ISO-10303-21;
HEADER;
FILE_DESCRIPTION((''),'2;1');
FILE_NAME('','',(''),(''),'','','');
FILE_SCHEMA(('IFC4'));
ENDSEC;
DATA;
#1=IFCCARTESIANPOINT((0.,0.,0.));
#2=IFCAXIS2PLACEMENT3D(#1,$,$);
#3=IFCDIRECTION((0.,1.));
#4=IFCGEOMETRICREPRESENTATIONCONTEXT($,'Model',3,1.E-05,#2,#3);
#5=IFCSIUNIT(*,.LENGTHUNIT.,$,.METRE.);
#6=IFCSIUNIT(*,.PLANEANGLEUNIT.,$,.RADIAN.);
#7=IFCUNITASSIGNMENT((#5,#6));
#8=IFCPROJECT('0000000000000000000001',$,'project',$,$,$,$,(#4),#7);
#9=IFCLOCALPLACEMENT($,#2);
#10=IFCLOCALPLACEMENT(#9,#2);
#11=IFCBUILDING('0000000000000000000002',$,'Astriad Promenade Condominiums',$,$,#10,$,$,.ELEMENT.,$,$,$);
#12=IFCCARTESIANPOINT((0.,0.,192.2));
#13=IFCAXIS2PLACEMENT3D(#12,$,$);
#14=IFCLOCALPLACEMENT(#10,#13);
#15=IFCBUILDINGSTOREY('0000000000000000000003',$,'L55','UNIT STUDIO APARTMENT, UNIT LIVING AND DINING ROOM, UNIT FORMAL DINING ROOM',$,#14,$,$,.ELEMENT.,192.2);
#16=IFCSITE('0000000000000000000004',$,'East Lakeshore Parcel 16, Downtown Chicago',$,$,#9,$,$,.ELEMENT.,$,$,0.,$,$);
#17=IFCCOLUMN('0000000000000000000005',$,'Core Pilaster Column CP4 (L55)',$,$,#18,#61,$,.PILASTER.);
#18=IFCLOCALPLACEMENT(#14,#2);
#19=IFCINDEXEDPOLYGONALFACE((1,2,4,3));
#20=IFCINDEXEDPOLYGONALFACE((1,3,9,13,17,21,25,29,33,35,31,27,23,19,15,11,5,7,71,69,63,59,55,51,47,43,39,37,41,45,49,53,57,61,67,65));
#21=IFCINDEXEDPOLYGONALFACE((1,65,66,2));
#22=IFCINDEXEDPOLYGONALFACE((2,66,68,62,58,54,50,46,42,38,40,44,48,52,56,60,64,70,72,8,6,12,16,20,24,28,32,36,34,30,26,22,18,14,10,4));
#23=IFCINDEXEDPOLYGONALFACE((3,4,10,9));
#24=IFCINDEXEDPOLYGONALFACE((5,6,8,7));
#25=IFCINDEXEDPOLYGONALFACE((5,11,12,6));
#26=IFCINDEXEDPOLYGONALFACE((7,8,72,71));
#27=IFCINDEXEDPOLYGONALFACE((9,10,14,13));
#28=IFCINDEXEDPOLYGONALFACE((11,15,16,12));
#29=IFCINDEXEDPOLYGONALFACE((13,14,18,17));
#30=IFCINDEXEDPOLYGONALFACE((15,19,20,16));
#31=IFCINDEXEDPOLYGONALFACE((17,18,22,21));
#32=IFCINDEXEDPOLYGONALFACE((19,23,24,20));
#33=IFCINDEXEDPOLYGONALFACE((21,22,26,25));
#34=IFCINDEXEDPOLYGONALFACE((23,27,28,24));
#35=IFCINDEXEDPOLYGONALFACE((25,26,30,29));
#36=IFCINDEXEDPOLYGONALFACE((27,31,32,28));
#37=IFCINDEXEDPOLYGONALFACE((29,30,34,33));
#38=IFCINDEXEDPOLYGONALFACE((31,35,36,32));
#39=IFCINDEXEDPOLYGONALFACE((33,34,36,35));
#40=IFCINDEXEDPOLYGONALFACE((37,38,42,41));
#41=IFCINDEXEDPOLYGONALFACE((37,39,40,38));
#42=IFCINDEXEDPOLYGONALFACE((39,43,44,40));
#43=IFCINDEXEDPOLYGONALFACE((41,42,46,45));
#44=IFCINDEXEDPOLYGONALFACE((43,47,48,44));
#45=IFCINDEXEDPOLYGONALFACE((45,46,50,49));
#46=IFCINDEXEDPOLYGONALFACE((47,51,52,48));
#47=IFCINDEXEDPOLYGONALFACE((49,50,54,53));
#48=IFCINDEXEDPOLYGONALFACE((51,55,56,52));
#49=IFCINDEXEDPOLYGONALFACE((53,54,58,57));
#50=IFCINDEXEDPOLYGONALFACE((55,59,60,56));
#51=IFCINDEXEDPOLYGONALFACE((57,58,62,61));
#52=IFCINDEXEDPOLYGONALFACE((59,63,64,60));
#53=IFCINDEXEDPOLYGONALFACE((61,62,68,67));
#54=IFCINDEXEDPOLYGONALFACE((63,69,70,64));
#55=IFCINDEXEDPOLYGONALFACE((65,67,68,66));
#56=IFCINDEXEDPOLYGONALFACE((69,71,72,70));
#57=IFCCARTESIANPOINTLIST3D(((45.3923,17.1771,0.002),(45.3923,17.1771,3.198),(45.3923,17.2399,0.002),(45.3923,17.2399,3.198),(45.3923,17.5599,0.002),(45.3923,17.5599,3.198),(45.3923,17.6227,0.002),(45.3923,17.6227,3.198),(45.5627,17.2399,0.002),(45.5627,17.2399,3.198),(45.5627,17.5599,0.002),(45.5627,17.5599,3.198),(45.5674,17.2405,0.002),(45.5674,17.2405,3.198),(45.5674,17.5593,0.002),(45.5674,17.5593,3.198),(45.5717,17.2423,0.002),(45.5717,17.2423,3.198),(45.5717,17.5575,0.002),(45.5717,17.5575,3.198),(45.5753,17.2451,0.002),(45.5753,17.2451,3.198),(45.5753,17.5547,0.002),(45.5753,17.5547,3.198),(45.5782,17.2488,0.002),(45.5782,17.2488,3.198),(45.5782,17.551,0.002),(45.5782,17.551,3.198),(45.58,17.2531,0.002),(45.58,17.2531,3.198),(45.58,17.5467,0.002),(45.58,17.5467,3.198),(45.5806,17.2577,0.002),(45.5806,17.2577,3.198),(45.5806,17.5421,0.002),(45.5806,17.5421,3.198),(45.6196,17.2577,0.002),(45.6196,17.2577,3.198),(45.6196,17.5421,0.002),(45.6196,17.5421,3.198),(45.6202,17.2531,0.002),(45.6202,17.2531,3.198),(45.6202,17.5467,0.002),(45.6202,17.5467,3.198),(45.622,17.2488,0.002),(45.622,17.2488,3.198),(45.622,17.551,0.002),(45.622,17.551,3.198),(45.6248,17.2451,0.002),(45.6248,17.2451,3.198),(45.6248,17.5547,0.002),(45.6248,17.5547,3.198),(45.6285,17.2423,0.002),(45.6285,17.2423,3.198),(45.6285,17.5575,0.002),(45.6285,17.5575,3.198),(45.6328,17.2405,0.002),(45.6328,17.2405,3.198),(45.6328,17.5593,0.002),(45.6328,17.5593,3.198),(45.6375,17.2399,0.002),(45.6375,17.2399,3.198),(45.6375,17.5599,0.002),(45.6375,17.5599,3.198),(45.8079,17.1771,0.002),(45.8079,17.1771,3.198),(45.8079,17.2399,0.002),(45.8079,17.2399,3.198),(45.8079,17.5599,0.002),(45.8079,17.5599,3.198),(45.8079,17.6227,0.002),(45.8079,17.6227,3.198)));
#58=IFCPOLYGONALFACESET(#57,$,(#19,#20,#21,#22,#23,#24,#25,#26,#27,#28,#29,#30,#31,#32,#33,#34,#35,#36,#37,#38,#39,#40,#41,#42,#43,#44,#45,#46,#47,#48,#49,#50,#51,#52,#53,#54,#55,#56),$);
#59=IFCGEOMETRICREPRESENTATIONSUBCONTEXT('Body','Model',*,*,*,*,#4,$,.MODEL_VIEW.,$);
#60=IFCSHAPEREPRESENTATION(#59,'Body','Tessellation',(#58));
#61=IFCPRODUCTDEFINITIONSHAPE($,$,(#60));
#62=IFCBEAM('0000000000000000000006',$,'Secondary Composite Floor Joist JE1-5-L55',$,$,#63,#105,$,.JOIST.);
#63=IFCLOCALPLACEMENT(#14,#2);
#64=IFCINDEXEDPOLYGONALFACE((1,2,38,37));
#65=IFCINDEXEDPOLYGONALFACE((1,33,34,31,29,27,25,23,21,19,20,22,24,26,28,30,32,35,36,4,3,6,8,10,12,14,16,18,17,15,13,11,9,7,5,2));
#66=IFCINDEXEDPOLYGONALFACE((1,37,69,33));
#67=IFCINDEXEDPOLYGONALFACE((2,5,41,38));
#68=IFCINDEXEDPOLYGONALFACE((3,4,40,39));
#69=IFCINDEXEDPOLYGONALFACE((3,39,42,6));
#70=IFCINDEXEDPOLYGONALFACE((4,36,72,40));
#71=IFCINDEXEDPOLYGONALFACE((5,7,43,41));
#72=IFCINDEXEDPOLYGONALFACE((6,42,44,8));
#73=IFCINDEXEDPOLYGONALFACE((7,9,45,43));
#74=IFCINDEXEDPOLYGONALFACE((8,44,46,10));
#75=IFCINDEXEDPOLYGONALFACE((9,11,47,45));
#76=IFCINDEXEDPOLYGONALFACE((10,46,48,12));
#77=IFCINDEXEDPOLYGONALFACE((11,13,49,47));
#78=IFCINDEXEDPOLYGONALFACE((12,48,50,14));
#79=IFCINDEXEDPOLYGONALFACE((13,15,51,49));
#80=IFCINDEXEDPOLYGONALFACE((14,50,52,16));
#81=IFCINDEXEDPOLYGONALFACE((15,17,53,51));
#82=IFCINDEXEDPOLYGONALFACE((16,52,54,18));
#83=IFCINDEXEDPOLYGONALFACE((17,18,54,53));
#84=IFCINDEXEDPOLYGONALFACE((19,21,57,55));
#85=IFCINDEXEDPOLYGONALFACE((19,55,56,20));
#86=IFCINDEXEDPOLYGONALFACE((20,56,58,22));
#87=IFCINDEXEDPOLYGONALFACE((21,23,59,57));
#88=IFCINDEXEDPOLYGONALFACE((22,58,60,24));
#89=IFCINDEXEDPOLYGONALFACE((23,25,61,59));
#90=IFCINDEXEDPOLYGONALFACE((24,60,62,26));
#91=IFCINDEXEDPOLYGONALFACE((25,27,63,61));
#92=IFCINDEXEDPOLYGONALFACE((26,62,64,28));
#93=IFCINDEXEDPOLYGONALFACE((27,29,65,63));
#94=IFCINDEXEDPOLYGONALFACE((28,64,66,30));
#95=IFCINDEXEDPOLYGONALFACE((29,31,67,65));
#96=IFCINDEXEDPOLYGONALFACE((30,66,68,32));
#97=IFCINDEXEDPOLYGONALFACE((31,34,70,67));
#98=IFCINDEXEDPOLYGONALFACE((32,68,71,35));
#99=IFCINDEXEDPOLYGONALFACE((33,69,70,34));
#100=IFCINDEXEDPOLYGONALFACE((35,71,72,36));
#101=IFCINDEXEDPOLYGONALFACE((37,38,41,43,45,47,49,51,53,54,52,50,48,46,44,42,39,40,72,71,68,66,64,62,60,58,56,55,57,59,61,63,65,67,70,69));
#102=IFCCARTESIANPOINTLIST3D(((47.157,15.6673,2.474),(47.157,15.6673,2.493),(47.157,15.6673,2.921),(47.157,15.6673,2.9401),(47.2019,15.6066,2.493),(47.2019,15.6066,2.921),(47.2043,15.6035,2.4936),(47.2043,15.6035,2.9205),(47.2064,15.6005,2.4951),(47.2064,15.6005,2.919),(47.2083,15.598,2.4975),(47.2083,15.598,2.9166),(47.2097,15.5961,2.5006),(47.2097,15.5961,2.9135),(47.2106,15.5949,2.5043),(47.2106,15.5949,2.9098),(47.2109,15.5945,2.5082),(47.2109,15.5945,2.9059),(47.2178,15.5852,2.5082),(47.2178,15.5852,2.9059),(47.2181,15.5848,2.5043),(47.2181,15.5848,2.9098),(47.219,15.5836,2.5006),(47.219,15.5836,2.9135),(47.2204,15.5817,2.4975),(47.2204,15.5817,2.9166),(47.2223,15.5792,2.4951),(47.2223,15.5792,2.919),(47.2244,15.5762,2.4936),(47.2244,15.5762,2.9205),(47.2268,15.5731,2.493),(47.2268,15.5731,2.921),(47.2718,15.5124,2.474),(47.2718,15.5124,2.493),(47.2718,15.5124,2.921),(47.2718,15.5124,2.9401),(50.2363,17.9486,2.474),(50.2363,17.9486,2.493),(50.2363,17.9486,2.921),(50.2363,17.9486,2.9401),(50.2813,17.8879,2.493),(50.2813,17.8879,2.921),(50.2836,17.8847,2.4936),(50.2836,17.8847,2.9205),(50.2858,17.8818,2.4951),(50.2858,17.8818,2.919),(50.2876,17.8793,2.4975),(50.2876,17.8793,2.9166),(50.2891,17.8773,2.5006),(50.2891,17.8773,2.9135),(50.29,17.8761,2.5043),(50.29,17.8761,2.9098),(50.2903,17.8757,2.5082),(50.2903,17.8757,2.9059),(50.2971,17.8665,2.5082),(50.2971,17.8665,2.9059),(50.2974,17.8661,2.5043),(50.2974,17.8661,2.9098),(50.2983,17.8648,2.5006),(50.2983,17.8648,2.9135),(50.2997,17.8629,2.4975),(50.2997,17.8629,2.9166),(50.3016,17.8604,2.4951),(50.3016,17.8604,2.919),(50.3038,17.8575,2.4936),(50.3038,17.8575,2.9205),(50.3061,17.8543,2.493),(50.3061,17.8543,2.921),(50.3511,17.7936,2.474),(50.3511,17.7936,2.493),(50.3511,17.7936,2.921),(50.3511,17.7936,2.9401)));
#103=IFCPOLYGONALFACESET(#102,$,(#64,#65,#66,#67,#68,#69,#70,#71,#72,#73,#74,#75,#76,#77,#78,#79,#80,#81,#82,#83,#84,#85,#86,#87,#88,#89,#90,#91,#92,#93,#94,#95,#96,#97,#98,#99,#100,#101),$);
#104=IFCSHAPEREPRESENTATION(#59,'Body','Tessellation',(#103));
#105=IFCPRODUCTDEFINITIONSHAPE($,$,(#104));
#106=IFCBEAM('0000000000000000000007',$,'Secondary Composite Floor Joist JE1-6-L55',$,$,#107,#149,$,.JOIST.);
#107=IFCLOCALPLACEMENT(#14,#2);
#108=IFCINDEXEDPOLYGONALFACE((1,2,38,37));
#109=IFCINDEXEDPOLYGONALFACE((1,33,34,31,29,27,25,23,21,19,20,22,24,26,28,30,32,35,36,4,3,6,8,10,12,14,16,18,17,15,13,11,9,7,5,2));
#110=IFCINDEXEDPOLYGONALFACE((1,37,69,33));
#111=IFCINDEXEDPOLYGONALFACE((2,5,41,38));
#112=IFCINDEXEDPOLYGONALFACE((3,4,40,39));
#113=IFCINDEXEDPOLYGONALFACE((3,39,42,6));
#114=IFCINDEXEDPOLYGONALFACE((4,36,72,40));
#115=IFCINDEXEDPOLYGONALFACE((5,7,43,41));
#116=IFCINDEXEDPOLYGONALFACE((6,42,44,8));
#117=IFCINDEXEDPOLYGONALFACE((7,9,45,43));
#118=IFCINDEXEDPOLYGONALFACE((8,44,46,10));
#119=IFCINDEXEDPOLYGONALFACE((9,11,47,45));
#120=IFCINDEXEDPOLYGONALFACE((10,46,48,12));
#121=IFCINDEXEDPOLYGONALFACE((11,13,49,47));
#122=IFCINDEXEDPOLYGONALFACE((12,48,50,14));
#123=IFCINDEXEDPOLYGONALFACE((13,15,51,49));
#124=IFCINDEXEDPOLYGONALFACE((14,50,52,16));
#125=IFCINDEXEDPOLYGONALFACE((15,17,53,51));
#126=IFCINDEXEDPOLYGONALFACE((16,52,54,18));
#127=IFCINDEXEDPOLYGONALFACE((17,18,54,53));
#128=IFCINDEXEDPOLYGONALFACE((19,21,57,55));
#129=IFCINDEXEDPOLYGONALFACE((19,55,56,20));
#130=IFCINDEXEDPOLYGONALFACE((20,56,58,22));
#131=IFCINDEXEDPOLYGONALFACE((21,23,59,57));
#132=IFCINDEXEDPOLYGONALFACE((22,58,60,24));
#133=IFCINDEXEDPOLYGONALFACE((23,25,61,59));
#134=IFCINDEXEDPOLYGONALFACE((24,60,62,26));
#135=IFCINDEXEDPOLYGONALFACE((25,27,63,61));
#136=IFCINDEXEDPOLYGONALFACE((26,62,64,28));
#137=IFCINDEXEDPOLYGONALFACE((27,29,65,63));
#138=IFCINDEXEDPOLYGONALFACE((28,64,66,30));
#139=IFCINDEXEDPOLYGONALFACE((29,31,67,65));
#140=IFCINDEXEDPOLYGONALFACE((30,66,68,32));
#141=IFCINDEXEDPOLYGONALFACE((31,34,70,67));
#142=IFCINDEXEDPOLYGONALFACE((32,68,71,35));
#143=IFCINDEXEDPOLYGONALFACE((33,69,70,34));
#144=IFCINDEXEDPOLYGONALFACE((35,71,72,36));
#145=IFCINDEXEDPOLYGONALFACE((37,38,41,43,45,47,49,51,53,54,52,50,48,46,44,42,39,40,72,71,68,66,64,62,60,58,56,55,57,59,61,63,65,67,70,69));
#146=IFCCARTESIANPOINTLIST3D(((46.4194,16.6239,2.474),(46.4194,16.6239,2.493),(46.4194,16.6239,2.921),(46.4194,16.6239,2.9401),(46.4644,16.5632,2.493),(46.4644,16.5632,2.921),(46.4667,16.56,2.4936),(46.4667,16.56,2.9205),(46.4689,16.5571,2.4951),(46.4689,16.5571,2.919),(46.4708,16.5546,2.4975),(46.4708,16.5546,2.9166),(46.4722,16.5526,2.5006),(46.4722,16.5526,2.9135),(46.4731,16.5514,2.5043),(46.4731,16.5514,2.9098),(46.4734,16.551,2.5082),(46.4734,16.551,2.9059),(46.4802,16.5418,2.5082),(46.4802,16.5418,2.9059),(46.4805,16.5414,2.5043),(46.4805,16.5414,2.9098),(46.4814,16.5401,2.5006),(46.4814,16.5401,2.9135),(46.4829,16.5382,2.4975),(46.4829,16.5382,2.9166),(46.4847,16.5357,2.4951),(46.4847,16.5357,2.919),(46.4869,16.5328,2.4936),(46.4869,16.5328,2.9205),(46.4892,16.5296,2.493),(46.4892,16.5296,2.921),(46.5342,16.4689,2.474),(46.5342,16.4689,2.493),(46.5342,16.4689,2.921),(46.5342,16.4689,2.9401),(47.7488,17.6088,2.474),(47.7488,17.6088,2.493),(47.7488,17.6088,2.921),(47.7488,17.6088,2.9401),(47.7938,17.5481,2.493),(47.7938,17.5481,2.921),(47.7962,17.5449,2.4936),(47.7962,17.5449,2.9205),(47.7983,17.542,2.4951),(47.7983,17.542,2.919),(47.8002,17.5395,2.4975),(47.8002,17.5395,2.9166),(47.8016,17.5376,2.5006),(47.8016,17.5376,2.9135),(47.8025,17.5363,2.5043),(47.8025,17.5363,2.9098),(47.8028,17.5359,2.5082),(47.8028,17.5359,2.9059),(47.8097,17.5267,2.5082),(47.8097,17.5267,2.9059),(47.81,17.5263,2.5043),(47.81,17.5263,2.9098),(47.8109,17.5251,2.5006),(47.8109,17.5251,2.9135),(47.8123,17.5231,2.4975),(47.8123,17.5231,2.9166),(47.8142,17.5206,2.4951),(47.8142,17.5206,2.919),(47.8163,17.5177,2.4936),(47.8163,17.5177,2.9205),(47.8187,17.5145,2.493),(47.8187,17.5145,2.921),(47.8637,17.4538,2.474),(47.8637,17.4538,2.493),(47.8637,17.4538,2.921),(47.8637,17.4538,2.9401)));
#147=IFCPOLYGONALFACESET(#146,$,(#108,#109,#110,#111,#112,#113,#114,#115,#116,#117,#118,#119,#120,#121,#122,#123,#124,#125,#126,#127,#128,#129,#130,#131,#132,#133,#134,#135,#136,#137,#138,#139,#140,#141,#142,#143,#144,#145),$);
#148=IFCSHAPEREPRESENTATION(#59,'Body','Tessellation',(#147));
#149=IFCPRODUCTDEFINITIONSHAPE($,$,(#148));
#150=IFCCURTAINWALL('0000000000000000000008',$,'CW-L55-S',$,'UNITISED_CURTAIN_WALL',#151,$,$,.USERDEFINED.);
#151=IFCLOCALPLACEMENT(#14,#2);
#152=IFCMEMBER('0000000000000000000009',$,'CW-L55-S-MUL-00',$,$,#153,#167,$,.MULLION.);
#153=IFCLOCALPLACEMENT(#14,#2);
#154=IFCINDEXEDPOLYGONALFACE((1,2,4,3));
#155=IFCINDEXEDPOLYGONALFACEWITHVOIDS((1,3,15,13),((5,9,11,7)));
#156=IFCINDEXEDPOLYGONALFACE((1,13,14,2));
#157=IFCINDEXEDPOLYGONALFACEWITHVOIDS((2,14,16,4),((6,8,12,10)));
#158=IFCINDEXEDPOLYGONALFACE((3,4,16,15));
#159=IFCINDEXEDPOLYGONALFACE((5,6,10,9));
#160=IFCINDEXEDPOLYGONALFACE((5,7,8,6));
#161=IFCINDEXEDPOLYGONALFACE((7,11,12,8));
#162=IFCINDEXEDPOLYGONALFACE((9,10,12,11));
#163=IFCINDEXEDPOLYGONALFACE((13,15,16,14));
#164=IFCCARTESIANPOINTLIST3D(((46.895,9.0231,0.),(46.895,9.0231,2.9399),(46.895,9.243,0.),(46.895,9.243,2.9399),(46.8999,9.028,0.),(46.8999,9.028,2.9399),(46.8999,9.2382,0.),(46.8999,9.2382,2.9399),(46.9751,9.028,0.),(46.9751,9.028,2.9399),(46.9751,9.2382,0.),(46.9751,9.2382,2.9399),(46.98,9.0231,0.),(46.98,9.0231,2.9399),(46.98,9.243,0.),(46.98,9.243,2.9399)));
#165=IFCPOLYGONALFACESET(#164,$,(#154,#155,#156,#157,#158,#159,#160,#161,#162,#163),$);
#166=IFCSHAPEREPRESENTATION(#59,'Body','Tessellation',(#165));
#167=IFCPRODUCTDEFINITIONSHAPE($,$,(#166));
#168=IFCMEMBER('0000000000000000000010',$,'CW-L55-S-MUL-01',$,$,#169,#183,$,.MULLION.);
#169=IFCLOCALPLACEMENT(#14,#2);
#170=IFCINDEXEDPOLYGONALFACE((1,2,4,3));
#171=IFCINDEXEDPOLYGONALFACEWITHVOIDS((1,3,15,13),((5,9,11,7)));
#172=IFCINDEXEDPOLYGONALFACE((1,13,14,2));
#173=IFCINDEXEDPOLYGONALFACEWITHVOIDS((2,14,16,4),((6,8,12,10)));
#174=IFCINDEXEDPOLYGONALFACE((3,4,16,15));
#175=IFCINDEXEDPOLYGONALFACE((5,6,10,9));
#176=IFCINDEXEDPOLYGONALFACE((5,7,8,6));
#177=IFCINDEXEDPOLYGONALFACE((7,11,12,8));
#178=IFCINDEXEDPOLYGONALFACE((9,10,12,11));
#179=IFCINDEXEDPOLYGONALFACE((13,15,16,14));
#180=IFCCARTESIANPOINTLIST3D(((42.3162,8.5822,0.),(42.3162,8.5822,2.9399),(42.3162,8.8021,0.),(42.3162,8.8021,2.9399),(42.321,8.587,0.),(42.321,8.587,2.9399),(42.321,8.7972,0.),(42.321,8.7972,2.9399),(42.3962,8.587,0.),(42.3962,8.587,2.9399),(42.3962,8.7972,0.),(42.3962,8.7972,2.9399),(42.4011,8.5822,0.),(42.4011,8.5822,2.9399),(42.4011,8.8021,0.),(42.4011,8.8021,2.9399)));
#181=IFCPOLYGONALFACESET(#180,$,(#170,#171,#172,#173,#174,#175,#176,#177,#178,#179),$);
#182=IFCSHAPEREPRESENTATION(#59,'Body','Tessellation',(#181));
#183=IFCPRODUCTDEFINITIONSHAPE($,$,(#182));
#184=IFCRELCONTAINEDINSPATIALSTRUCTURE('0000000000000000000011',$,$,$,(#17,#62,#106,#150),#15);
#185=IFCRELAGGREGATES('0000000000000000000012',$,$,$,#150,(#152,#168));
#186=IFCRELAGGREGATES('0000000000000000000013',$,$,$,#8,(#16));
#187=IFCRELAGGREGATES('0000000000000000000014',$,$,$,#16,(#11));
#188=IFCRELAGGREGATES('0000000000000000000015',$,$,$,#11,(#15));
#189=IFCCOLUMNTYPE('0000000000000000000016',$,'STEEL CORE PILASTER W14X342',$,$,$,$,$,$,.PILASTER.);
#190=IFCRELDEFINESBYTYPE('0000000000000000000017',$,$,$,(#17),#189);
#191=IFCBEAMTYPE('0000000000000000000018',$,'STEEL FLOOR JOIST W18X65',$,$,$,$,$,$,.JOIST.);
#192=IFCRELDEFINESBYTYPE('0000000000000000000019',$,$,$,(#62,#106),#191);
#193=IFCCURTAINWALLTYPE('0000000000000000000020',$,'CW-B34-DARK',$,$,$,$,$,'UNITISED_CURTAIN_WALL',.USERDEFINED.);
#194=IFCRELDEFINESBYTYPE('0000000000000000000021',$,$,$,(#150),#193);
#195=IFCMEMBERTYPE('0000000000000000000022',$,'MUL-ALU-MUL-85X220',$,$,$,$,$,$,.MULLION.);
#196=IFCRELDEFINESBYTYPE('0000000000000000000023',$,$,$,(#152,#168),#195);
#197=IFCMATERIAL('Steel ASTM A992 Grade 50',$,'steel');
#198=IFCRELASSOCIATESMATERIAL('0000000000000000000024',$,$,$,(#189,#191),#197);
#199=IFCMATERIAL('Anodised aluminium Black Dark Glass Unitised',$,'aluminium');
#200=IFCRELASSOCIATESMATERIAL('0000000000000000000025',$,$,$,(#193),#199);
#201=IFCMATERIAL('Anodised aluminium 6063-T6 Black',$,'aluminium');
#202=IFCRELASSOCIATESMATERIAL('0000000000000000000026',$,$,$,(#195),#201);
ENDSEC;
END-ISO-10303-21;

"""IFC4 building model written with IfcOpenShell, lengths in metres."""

from ifc_helpers import new_model, si_unit, direction, frame, origin, origin_2d, place, context, subcontext, project, spatial, hollow_rectangle, i_section, extrude, source, transform, mapped, material, material_profile, profile_set, type_object, type_shapes, element, aggregate, save


model = new_model("IFC4")

# Units and contexts
model_context = context("Model", 3, precision=1e-05, world=origin(), true_north=direction((0.0, 1.0)))
body_context = subcontext(model_context, "Body", "Model", "MODEL_VIEW")
ifc_project = project(units=[si_unit("LENGTHUNIT", "METRE"), si_unit("PLANEANGLEUNIT", "RADIAN")], contexts=[model_context])

# Site, building, storey
site_placement = place(None, origin())
site = spatial("IfcSite", under=ifc_project, at=site_placement, Name="East Lakeshore Parcel 16, Downtown Chicago", CompositionType="ELEMENT", RefElevation=0.0)
building_placement = place(site_placement, origin())
building = spatial("IfcBuilding", under=site, at=building_placement, Name="Astriad Promenade Condominiums", CompositionType="ELEMENT")
storey_placement = place(building_placement, frame((0.0, 0.0, 192.2)))
storey = spatial("IfcBuildingStorey", under=building, at=storey_placement, Name="L55", Description="UNIT STUDIO APARTMENT, UNIT LIVING AND DINING ROOM, UNIT FORMAL DINING ROOM", CompositionType="ELEMENT", Elevation=192.2)

# Column
ifc_material_1 = material(Name="Steel ASTM A992 Grade 50", Category="steel")
ifc_material_profile_1 = material_profile(ifc_material_1, i_section(OverallWidth=0.4155, OverallDepth=0.4456, WebThickness=0.0391, FlangeThickness=0.0627, FilletRadius=0.0178, at=origin_2d()), Name="W14X342")
ifc_profile_set_1 = profile_set([ifc_material_profile_1], Name="Steel ASTM A992 Grade 50")
column_type = type_object("IfcColumnType", Name="STEEL CORE PILASTER W14X342", PredefinedType="PILASTER", material=ifc_profile_set_1)
shared_shape_1 = source(origin(), body_context, "Body", "SweptSolid", [
    extrude(i_section(OverallWidth=0.4155, OverallDepth=0.4456, WebThickness=0.0391, FlangeThickness=0.0627, FilletRadius=0.0178, at=origin_2d()), origin(), (0.0, 0.0, 1.0), 3.196),
])
type_shapes(column_type, [shared_shape_1])
column_placement = place(storey_placement, frame((45.6001, 17.3999, 0.002), z_axis=(0.0, 0.0, 1.0), x_axis=(1.0, 0.0, 0.0)))
element("IfcColumn", 1, at=column_placement, inside=storey, type_object=column_type, Name="Core Pilaster Column CP4 (L55)", PredefinedType="PILASTER", context=body_context, shape_type="MappedRepresentation", body=[
    mapped(shared_shape_1, transform((0.0, 0.0, 0.0), scale=1.0)),
])

# Beams
ifc_material_profile_2 = material_profile(ifc_material_1, i_section(OverallWidth=0.1929, OverallDepth=0.4661, WebThickness=0.0115, FlangeThickness=0.019, FilletRadius=0.0151, at=origin_2d()), Name="W18X65")
ifc_profile_set_2 = profile_set([ifc_material_profile_2], Name="Steel ASTM A992 Grade 50")
beam_type = type_object("IfcBeamType", Name="STEEL FLOOR JOIST W18X65", PredefinedType="JOIST", material=ifc_profile_set_2)
shared_shape_2 = source(origin(), body_context, "Body", "SweptSolid", [
    extrude(i_section(OverallWidth=0.1929, OverallDepth=0.4661, WebThickness=0.0115, FlangeThickness=0.019, FilletRadius=0.0151, at=origin_2d()), origin(), (0.0, 0.0, 1.0), 3.8323),
])
beam_1_placement = place(storey_placement, frame((47.2144, 15.5898, 2.707), z_axis=(0.803526, 0.59527, 0.0), x_axis=(-0.59527, 0.803526, 0.0)))
element("IfcBeam", 2, at=beam_1_placement, inside=storey, type_object=beam_type, Name="Secondary Composite Floor Joist JE1-5-L55", PredefinedType="JOIST", context=body_context, shape_type="MappedRepresentation", body=[
    mapped(shared_shape_2, transform((0.0, 0.0, 0.0), scale=1.0)),
])
shared_shape_3 = source(origin(), body_context, "Body", "SweptSolid", [
    extrude(i_section(OverallWidth=0.1929, OverallDepth=0.4661, WebThickness=0.0115, FlangeThickness=0.019, FilletRadius=0.0151, at=origin_2d()), origin(), (0.0, 0.0, 1.0), 1.6545),
])
type_shapes(beam_type, [shared_shape_2, shared_shape_3])
beam_2_placement = place(storey_placement, frame((46.4768, 16.5464, 2.707), z_axis=(0.80351, 0.595291, 0.0), x_axis=(-0.595291, 0.80351, 0.0)))
element("IfcBeam", 3, at=beam_2_placement, inside=storey, type_object=beam_type, Name="Secondary Composite Floor Joist JE1-6-L55", PredefinedType="JOIST", context=body_context, shape_type="MappedRepresentation", body=[
    mapped(shared_shape_3, transform((0.0, 0.0, 0.0), scale=1.0)),
])

# Curtain wall, members
ifc_material_2 = material(Name="Anodised aluminium Black Dark Glass Unitised", Category="aluminium")
curtain_wall_type = type_object("IfcCurtainWallType", Name="CW-B34-DARK", ElementType="UNITISED_CURTAIN_WALL", PredefinedType="USERDEFINED", material=ifc_material_2)
curtain_wall_placement = place(storey_placement, origin())
curtain_wall = element("IfcCurtainWall", 4, at=curtain_wall_placement, inside=storey, type_object=curtain_wall_type, Name="CW-L55-S", ObjectType="UNITISED_CURTAIN_WALL", PredefinedType="USERDEFINED")
ifc_material_3 = material(Name="Anodised aluminium 6063-T6 Black", Category="aluminium")
ifc_material_profile_3 = material_profile(ifc_material_3, hollow_rectangle(XDim=0.085, YDim=0.22, WallThickness=0.0049, at=origin_2d()), Name="ALU-MUL-85X220")
ifc_profile_set_3 = profile_set([ifc_material_profile_3], Name="Anodised aluminium 6063-T6 Black")
member_type_1 = type_object("IfcMemberType", Name="MUL-ALU-MUL-85X220", PredefinedType="MULLION", material=ifc_profile_set_3)
shared_shape_4 = source(origin(), body_context, "Body", "SweptSolid", [
    extrude(hollow_rectangle(XDim=0.085, YDim=0.22, WallThickness=0.0049, at=origin_2d()), origin(), (0.0, 0.0, 1.0), 2.9399),
])
type_shapes(member_type_1, [shared_shape_4])
member_1_placement = place(storey_placement, frame((46.9375, 9.1331, 0.0), z_axis=(0.0, 0.0, 1.0), x_axis=(1.0, 0.0, 0.0)))
member_1 = element("IfcMember", 5, at=member_1_placement, type_object=member_type_1, Name="CW-L55-S-MUL-00", PredefinedType="MULLION", context=body_context, shape_type="MappedRepresentation", body=[
    mapped(shared_shape_4, transform((0.0, 0.0, 0.0), scale=1.0)),
])
member_2_placement = place(storey_placement, frame((42.3586, 8.6921, 0.0), z_axis=(0.0, 0.0, 1.0), x_axis=(1.0, 0.0, 0.0)))
member_2 = element("IfcMember", 6, at=member_2_placement, type_object=member_type_1, Name="CW-L55-S-MUL-01", PredefinedType="MULLION", context=body_context, shape_type="MappedRepresentation", body=[
    mapped(shared_shape_4, transform((0.0, 0.0, 0.0), scale=1.0)),
])
aggregate(curtain_wall, [member_1, member_2])

save(model, "model.ifc")
